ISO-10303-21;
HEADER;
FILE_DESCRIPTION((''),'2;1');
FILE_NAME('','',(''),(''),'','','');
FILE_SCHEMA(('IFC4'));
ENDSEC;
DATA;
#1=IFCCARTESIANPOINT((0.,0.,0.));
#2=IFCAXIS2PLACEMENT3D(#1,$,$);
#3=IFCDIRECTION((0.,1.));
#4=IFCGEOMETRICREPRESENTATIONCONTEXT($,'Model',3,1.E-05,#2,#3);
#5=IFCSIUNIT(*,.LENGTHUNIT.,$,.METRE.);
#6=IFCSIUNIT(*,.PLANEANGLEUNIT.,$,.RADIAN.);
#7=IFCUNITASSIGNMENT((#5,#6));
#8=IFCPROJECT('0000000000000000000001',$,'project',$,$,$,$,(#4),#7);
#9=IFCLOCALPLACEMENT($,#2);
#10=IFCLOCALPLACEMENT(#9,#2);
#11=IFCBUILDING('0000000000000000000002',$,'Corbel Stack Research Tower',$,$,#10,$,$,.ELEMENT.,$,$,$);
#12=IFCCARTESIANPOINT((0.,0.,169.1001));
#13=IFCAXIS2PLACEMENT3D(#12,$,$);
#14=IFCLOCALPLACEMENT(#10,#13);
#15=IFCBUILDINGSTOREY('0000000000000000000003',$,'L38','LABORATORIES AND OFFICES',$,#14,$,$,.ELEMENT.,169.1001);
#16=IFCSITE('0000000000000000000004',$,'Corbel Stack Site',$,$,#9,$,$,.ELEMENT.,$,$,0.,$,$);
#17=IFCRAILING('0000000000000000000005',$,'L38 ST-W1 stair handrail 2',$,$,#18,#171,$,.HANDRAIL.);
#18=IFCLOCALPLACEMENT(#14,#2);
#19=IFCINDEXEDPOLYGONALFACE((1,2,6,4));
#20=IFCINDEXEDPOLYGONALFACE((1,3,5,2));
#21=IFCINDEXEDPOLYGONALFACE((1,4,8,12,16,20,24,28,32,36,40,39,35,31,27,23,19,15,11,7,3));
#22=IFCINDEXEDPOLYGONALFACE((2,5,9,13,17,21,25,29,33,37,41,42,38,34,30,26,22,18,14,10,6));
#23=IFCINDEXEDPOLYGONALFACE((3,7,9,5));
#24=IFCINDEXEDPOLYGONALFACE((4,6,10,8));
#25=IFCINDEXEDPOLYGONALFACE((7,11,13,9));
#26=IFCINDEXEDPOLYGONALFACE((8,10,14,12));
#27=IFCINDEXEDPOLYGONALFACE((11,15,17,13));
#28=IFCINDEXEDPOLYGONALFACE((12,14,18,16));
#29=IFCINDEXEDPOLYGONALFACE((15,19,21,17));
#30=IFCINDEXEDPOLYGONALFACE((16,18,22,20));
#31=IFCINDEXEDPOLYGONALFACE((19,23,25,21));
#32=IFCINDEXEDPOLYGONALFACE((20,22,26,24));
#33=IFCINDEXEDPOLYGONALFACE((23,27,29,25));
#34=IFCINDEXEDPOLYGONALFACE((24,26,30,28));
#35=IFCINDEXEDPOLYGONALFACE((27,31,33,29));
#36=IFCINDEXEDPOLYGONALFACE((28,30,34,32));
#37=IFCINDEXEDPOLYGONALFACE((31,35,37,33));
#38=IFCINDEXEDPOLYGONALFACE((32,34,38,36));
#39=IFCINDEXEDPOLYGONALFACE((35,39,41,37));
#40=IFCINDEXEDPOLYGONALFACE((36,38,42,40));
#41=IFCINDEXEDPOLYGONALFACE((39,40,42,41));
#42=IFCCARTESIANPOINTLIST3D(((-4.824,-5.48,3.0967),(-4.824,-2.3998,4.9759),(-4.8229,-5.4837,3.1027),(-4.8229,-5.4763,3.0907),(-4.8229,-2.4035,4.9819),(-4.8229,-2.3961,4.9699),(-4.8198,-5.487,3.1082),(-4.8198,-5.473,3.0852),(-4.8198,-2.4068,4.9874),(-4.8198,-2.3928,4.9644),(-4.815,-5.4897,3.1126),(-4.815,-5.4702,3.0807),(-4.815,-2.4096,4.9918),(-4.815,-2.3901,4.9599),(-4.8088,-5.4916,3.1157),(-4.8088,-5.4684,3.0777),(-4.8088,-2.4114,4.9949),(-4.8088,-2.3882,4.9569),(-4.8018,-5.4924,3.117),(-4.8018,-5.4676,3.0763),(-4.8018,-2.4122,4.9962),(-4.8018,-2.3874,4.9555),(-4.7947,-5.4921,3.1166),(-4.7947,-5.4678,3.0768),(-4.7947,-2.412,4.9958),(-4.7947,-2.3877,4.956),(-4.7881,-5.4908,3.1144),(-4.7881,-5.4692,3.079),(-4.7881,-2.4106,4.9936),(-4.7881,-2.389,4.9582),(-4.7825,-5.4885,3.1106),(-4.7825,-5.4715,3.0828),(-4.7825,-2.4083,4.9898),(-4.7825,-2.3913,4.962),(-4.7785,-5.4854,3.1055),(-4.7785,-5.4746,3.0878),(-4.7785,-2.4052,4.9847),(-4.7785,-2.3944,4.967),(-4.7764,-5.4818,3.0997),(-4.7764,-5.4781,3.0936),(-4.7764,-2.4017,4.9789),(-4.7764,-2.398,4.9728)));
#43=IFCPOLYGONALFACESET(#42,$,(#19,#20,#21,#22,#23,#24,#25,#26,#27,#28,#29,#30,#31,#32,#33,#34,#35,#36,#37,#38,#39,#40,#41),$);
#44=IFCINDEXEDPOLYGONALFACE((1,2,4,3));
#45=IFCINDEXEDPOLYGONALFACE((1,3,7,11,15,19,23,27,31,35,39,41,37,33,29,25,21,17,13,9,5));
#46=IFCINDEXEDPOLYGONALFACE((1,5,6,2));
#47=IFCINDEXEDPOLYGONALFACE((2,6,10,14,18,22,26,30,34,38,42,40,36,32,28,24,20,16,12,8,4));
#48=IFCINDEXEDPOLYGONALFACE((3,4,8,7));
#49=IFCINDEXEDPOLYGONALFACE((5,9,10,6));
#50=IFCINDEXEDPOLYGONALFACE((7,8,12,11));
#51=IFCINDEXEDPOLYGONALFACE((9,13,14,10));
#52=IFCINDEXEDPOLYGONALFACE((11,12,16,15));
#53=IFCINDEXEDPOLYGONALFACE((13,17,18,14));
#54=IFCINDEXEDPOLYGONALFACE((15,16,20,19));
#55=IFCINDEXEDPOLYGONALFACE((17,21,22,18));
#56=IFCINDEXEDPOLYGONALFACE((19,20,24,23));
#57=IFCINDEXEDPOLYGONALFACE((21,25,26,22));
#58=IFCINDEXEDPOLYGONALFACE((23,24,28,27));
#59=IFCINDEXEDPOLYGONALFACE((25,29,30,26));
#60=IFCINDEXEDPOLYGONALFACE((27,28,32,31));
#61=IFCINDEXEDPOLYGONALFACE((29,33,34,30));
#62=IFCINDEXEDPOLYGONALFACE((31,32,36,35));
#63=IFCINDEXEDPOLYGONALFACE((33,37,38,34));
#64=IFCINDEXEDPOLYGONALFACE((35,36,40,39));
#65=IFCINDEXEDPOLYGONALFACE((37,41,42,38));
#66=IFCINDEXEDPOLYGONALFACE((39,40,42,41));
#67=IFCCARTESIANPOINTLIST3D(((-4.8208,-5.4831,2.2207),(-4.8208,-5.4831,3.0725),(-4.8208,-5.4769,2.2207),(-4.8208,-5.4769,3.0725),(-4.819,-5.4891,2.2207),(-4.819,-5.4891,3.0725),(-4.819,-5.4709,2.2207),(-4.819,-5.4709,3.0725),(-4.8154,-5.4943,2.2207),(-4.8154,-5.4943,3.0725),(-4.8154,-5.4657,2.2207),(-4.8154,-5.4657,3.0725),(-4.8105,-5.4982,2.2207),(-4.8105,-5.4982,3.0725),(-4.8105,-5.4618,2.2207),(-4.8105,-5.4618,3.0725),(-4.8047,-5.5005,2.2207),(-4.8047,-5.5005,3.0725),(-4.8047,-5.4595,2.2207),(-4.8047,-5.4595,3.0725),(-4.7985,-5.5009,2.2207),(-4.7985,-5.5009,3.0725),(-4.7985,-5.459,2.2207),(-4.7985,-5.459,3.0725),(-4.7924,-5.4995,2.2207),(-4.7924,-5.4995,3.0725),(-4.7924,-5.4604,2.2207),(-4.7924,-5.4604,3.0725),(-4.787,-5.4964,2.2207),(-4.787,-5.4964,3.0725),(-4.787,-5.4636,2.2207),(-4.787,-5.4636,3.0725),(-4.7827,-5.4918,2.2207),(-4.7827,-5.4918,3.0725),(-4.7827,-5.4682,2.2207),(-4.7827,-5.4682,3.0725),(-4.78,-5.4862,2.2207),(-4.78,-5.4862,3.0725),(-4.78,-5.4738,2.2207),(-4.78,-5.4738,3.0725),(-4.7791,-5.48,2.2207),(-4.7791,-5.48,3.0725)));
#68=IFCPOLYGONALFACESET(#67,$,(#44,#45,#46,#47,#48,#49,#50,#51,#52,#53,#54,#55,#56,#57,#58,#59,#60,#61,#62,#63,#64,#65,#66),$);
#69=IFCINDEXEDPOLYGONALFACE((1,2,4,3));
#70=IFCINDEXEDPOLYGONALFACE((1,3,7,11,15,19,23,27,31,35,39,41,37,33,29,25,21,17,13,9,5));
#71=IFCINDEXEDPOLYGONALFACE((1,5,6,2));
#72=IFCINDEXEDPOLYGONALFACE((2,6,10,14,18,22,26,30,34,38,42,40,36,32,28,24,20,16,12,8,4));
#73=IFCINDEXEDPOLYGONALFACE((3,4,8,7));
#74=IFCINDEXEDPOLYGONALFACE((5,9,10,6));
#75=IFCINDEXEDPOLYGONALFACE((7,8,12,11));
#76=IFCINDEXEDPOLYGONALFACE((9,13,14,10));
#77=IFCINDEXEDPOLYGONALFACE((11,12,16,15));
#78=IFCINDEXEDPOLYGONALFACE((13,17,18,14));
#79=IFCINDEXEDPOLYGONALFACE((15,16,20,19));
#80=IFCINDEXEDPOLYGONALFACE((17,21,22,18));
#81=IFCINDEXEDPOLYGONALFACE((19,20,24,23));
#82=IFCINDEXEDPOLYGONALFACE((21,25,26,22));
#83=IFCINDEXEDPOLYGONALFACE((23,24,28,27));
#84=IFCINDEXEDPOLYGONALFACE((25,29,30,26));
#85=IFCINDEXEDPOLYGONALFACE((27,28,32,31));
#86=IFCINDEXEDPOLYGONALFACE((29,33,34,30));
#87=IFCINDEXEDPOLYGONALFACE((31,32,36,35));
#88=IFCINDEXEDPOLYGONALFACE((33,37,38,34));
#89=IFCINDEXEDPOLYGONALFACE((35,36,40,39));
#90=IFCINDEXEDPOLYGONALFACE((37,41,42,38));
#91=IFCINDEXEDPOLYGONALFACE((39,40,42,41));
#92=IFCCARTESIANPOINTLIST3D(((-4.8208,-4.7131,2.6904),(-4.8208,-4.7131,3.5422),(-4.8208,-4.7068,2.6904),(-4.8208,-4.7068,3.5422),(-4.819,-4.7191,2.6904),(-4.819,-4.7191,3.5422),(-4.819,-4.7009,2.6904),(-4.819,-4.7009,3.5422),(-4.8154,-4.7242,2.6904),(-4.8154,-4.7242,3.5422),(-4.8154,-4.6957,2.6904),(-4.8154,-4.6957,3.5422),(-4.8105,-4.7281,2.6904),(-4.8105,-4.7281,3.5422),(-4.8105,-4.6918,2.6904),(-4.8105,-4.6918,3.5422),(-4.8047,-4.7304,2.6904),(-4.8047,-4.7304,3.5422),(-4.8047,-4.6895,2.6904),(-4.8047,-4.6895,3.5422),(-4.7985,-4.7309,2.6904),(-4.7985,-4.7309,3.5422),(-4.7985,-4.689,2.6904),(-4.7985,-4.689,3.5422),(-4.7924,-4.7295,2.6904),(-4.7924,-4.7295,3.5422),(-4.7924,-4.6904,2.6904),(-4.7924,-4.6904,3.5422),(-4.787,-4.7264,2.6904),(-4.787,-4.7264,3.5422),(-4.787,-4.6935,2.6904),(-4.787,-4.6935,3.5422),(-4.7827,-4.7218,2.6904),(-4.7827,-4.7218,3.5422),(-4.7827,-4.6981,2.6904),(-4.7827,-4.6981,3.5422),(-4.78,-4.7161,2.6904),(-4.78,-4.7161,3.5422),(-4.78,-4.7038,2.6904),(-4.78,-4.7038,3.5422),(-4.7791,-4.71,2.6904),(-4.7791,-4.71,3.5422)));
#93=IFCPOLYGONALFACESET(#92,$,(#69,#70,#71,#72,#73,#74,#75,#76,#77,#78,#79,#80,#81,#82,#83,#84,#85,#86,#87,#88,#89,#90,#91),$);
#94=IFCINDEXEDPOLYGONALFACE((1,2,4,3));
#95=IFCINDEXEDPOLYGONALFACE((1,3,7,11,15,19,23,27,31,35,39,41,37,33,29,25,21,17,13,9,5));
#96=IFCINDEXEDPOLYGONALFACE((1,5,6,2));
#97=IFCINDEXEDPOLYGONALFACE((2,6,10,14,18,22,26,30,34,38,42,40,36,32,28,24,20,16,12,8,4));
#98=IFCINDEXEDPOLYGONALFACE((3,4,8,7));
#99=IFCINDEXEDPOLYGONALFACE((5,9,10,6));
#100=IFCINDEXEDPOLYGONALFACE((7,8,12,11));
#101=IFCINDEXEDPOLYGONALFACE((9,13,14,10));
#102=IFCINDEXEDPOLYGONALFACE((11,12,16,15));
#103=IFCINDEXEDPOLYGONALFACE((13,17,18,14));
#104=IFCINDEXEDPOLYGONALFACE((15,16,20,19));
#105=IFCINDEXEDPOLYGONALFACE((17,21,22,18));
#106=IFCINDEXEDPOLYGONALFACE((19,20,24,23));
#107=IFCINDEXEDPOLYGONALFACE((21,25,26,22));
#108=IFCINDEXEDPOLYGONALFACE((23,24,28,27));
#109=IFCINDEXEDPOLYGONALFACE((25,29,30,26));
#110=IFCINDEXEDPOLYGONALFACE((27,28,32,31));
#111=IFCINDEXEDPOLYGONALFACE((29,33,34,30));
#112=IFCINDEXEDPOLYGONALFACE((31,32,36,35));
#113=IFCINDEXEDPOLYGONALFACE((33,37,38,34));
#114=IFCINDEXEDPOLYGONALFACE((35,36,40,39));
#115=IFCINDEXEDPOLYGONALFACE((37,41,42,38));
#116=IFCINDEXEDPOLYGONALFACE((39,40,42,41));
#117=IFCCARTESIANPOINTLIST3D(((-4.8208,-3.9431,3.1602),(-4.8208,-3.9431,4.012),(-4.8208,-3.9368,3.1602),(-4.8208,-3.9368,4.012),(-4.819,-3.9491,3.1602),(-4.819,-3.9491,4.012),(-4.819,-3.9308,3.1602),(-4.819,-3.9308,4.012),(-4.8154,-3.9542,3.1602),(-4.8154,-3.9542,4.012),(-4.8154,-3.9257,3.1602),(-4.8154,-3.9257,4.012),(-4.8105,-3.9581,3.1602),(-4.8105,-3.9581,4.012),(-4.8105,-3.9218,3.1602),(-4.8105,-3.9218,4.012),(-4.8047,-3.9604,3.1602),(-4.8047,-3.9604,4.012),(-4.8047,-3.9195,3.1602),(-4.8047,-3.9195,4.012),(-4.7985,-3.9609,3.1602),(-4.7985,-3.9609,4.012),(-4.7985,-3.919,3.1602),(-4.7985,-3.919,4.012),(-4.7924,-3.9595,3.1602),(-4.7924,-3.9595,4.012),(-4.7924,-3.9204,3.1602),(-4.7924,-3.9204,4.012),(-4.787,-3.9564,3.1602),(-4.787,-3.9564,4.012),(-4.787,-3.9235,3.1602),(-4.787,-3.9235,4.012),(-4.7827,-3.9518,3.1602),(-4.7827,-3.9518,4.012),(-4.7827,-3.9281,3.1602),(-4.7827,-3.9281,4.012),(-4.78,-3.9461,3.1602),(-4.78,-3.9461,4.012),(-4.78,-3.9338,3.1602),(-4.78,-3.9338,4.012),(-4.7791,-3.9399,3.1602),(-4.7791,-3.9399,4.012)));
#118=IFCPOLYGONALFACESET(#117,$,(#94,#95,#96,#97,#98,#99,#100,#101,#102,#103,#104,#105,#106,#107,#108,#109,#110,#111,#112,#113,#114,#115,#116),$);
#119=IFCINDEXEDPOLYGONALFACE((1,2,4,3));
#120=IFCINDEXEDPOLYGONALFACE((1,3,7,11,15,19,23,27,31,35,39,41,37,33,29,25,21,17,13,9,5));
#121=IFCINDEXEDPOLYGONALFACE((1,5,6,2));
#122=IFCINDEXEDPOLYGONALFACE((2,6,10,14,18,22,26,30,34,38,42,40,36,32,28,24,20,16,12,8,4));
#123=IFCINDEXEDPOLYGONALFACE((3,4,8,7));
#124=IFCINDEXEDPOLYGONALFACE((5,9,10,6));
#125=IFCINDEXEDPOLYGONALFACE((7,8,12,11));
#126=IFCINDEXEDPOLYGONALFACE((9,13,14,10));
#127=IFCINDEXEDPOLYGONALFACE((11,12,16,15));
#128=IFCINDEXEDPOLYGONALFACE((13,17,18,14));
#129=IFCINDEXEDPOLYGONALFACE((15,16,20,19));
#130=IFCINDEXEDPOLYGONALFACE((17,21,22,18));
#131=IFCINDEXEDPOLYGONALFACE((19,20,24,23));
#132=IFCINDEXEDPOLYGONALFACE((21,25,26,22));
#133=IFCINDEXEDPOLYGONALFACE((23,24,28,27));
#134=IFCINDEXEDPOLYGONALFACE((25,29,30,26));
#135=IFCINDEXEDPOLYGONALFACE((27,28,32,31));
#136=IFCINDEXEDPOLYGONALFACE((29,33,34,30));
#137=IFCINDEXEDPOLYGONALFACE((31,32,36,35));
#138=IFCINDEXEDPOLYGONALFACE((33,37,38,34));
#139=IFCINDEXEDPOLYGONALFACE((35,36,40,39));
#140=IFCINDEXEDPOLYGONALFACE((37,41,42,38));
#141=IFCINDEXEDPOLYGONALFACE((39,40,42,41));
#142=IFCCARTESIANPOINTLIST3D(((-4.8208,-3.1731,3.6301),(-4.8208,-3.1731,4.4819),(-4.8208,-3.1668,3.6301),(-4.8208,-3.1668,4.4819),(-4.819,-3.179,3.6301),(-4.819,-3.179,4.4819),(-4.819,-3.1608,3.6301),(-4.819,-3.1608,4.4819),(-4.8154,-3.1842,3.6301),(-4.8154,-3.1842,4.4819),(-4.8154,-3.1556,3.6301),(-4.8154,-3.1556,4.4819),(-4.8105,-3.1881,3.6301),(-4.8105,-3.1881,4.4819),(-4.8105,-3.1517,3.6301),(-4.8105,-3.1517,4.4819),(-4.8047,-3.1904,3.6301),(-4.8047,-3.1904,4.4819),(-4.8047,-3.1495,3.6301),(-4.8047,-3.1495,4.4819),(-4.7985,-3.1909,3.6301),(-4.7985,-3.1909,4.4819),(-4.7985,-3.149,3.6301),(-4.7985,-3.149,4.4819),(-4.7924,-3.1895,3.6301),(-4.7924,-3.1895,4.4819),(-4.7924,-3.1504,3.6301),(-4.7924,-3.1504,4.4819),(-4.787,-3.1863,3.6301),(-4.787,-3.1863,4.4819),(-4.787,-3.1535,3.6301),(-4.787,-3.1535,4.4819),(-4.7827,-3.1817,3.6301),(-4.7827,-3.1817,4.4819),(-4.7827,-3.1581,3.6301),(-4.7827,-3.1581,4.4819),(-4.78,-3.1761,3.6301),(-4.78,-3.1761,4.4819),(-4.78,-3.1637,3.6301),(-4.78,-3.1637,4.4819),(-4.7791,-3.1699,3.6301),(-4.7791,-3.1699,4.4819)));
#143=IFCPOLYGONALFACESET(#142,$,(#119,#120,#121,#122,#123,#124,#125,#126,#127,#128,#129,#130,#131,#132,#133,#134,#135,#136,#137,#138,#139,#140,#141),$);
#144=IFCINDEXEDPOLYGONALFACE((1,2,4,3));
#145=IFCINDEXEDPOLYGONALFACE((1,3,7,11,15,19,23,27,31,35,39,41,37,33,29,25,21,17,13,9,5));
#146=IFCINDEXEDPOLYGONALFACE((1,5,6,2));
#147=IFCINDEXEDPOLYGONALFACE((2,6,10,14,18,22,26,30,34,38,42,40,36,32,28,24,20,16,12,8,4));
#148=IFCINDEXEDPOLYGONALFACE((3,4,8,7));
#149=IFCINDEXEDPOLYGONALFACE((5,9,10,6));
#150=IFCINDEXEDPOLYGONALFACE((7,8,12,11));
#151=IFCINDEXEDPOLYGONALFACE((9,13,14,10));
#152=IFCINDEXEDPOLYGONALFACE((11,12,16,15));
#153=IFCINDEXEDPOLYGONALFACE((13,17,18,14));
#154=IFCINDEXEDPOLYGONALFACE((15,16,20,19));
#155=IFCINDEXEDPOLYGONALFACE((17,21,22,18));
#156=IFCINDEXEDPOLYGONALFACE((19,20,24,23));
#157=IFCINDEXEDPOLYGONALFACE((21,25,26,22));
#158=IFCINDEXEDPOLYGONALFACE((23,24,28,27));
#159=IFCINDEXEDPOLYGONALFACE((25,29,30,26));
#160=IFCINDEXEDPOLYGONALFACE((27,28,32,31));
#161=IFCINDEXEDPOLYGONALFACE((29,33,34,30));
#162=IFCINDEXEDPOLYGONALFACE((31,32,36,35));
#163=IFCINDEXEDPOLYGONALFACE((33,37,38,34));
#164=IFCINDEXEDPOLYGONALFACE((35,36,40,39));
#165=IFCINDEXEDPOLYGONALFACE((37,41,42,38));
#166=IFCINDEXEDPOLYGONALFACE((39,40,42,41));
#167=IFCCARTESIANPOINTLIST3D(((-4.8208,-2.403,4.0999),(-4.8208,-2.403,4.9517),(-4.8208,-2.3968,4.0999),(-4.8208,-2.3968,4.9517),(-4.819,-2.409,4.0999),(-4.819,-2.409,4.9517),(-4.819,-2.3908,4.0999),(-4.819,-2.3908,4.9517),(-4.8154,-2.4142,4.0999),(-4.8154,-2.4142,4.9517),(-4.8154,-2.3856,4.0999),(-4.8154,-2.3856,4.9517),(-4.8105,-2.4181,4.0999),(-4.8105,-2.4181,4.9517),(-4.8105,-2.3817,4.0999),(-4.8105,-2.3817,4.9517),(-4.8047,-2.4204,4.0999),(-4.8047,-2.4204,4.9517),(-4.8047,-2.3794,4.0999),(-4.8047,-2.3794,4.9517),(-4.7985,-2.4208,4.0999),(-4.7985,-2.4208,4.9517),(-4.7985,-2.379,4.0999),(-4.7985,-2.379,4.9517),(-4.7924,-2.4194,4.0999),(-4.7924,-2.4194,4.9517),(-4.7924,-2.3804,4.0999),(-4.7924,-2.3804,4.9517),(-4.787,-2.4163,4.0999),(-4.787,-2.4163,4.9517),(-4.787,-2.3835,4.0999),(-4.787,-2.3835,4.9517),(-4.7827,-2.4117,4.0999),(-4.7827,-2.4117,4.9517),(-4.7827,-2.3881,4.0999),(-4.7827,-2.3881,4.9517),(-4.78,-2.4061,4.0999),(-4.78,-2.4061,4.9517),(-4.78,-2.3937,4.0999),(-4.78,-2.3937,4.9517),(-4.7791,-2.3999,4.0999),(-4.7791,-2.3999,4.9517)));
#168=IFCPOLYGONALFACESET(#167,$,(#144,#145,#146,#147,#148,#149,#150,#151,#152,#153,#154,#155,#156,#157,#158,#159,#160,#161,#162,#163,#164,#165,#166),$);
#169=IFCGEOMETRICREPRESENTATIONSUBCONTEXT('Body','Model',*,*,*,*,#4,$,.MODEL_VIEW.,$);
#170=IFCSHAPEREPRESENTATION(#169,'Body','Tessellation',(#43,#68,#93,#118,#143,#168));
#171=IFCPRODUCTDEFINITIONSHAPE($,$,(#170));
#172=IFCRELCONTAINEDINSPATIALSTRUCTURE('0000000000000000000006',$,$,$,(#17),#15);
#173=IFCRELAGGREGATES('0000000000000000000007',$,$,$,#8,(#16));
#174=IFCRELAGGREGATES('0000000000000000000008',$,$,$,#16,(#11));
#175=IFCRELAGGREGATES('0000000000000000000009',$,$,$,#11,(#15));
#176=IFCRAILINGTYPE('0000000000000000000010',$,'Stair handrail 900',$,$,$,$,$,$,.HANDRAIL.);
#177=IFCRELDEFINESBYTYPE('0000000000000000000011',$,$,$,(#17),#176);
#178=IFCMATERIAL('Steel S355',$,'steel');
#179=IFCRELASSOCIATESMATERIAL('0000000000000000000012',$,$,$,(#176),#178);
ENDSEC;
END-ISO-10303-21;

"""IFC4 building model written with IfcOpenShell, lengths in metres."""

from ifc_helpers import new_model, si_unit, direction, frame, origin, origin_2d, place, context, subcontext, project, spatial, circle, extrude, material, type_object, element, save


model = new_model("IFC4")

# Units and contexts
model_context = context("Model", 3, precision=1e-05, world=origin(), true_north=direction((0.0, 1.0)))
body_context = subcontext(model_context, "Body", "Model", "MODEL_VIEW")
ifc_project = project(units=[si_unit("LENGTHUNIT", "METRE"), si_unit("PLANEANGLEUNIT", "RADIAN")], contexts=[model_context])

# Site, building, storey
site_placement = place(None, origin())
site = spatial("IfcSite", under=ifc_project, at=site_placement, Name="Corbel Stack Site", CompositionType="ELEMENT", RefElevation=0.0)
building_placement = place(site_placement, origin())
building = spatial("IfcBuilding", under=site, at=building_placement, Name="Corbel Stack Research Tower", CompositionType="ELEMENT")
storey_placement = place(building_placement, frame((0.0, 0.0, 169.1001)))
storey = spatial("IfcBuildingStorey", under=building, at=storey_placement, Name="L38", Description="LABORATORIES AND OFFICES", CompositionType="ELEMENT", Elevation=169.1001)

# Railing
ifc_material_1 = material(Name="Steel S355", Category="steel")
railing_type_1 = type_object("IfcRailingType", Name="Stair handrail 900", PredefinedType="HANDRAIL", material=ifc_material_1)
railing_1_placement = place(storey_placement, frame((-4.8, -5.48, 2.2207)))
element("IfcRailing", 1, at=railing_1_placement, inside=storey, type_object=railing_type_1, Name="L38 ST-W1 stair handrail 2", PredefinedType="HANDRAIL", context=body_context, shape_type="SweptSolid", body=[
    extrude(circle(Radius=0.0239, at=origin_2d()), frame((0.0, 0.0, 0.876), z_axis=(0.0, 0.853666, 0.52082), x_axis=(-1.0, 0.0, 0.0)), (0.0, 0.0, 1.0), 3.6082),
    extrude(circle(Radius=0.021, at=origin_2d()), origin(), (0.0, 0.0, 1.0), 0.8518),
    extrude(circle(Radius=0.021, at=origin_2d()), frame((0.0, 0.77, 0.4697)), (0.0, 0.0, 1.0), 0.8518),
    extrude(circle(Radius=0.021, at=origin_2d()), frame((0.0, 1.54, 0.9395)), (0.0, 0.0, 1.0), 0.8518),
    extrude(circle(Radius=0.021, at=origin_2d()), frame((0.0, 2.3101, 1.4094)), (0.0, 0.0, 1.0), 0.8518),
    extrude(circle(Radius=0.021, at=origin_2d()), frame((0.0, 3.0801, 1.8792)), (0.0, 0.0, 1.0), 0.8518),
])

save(model, "model.ifc")
